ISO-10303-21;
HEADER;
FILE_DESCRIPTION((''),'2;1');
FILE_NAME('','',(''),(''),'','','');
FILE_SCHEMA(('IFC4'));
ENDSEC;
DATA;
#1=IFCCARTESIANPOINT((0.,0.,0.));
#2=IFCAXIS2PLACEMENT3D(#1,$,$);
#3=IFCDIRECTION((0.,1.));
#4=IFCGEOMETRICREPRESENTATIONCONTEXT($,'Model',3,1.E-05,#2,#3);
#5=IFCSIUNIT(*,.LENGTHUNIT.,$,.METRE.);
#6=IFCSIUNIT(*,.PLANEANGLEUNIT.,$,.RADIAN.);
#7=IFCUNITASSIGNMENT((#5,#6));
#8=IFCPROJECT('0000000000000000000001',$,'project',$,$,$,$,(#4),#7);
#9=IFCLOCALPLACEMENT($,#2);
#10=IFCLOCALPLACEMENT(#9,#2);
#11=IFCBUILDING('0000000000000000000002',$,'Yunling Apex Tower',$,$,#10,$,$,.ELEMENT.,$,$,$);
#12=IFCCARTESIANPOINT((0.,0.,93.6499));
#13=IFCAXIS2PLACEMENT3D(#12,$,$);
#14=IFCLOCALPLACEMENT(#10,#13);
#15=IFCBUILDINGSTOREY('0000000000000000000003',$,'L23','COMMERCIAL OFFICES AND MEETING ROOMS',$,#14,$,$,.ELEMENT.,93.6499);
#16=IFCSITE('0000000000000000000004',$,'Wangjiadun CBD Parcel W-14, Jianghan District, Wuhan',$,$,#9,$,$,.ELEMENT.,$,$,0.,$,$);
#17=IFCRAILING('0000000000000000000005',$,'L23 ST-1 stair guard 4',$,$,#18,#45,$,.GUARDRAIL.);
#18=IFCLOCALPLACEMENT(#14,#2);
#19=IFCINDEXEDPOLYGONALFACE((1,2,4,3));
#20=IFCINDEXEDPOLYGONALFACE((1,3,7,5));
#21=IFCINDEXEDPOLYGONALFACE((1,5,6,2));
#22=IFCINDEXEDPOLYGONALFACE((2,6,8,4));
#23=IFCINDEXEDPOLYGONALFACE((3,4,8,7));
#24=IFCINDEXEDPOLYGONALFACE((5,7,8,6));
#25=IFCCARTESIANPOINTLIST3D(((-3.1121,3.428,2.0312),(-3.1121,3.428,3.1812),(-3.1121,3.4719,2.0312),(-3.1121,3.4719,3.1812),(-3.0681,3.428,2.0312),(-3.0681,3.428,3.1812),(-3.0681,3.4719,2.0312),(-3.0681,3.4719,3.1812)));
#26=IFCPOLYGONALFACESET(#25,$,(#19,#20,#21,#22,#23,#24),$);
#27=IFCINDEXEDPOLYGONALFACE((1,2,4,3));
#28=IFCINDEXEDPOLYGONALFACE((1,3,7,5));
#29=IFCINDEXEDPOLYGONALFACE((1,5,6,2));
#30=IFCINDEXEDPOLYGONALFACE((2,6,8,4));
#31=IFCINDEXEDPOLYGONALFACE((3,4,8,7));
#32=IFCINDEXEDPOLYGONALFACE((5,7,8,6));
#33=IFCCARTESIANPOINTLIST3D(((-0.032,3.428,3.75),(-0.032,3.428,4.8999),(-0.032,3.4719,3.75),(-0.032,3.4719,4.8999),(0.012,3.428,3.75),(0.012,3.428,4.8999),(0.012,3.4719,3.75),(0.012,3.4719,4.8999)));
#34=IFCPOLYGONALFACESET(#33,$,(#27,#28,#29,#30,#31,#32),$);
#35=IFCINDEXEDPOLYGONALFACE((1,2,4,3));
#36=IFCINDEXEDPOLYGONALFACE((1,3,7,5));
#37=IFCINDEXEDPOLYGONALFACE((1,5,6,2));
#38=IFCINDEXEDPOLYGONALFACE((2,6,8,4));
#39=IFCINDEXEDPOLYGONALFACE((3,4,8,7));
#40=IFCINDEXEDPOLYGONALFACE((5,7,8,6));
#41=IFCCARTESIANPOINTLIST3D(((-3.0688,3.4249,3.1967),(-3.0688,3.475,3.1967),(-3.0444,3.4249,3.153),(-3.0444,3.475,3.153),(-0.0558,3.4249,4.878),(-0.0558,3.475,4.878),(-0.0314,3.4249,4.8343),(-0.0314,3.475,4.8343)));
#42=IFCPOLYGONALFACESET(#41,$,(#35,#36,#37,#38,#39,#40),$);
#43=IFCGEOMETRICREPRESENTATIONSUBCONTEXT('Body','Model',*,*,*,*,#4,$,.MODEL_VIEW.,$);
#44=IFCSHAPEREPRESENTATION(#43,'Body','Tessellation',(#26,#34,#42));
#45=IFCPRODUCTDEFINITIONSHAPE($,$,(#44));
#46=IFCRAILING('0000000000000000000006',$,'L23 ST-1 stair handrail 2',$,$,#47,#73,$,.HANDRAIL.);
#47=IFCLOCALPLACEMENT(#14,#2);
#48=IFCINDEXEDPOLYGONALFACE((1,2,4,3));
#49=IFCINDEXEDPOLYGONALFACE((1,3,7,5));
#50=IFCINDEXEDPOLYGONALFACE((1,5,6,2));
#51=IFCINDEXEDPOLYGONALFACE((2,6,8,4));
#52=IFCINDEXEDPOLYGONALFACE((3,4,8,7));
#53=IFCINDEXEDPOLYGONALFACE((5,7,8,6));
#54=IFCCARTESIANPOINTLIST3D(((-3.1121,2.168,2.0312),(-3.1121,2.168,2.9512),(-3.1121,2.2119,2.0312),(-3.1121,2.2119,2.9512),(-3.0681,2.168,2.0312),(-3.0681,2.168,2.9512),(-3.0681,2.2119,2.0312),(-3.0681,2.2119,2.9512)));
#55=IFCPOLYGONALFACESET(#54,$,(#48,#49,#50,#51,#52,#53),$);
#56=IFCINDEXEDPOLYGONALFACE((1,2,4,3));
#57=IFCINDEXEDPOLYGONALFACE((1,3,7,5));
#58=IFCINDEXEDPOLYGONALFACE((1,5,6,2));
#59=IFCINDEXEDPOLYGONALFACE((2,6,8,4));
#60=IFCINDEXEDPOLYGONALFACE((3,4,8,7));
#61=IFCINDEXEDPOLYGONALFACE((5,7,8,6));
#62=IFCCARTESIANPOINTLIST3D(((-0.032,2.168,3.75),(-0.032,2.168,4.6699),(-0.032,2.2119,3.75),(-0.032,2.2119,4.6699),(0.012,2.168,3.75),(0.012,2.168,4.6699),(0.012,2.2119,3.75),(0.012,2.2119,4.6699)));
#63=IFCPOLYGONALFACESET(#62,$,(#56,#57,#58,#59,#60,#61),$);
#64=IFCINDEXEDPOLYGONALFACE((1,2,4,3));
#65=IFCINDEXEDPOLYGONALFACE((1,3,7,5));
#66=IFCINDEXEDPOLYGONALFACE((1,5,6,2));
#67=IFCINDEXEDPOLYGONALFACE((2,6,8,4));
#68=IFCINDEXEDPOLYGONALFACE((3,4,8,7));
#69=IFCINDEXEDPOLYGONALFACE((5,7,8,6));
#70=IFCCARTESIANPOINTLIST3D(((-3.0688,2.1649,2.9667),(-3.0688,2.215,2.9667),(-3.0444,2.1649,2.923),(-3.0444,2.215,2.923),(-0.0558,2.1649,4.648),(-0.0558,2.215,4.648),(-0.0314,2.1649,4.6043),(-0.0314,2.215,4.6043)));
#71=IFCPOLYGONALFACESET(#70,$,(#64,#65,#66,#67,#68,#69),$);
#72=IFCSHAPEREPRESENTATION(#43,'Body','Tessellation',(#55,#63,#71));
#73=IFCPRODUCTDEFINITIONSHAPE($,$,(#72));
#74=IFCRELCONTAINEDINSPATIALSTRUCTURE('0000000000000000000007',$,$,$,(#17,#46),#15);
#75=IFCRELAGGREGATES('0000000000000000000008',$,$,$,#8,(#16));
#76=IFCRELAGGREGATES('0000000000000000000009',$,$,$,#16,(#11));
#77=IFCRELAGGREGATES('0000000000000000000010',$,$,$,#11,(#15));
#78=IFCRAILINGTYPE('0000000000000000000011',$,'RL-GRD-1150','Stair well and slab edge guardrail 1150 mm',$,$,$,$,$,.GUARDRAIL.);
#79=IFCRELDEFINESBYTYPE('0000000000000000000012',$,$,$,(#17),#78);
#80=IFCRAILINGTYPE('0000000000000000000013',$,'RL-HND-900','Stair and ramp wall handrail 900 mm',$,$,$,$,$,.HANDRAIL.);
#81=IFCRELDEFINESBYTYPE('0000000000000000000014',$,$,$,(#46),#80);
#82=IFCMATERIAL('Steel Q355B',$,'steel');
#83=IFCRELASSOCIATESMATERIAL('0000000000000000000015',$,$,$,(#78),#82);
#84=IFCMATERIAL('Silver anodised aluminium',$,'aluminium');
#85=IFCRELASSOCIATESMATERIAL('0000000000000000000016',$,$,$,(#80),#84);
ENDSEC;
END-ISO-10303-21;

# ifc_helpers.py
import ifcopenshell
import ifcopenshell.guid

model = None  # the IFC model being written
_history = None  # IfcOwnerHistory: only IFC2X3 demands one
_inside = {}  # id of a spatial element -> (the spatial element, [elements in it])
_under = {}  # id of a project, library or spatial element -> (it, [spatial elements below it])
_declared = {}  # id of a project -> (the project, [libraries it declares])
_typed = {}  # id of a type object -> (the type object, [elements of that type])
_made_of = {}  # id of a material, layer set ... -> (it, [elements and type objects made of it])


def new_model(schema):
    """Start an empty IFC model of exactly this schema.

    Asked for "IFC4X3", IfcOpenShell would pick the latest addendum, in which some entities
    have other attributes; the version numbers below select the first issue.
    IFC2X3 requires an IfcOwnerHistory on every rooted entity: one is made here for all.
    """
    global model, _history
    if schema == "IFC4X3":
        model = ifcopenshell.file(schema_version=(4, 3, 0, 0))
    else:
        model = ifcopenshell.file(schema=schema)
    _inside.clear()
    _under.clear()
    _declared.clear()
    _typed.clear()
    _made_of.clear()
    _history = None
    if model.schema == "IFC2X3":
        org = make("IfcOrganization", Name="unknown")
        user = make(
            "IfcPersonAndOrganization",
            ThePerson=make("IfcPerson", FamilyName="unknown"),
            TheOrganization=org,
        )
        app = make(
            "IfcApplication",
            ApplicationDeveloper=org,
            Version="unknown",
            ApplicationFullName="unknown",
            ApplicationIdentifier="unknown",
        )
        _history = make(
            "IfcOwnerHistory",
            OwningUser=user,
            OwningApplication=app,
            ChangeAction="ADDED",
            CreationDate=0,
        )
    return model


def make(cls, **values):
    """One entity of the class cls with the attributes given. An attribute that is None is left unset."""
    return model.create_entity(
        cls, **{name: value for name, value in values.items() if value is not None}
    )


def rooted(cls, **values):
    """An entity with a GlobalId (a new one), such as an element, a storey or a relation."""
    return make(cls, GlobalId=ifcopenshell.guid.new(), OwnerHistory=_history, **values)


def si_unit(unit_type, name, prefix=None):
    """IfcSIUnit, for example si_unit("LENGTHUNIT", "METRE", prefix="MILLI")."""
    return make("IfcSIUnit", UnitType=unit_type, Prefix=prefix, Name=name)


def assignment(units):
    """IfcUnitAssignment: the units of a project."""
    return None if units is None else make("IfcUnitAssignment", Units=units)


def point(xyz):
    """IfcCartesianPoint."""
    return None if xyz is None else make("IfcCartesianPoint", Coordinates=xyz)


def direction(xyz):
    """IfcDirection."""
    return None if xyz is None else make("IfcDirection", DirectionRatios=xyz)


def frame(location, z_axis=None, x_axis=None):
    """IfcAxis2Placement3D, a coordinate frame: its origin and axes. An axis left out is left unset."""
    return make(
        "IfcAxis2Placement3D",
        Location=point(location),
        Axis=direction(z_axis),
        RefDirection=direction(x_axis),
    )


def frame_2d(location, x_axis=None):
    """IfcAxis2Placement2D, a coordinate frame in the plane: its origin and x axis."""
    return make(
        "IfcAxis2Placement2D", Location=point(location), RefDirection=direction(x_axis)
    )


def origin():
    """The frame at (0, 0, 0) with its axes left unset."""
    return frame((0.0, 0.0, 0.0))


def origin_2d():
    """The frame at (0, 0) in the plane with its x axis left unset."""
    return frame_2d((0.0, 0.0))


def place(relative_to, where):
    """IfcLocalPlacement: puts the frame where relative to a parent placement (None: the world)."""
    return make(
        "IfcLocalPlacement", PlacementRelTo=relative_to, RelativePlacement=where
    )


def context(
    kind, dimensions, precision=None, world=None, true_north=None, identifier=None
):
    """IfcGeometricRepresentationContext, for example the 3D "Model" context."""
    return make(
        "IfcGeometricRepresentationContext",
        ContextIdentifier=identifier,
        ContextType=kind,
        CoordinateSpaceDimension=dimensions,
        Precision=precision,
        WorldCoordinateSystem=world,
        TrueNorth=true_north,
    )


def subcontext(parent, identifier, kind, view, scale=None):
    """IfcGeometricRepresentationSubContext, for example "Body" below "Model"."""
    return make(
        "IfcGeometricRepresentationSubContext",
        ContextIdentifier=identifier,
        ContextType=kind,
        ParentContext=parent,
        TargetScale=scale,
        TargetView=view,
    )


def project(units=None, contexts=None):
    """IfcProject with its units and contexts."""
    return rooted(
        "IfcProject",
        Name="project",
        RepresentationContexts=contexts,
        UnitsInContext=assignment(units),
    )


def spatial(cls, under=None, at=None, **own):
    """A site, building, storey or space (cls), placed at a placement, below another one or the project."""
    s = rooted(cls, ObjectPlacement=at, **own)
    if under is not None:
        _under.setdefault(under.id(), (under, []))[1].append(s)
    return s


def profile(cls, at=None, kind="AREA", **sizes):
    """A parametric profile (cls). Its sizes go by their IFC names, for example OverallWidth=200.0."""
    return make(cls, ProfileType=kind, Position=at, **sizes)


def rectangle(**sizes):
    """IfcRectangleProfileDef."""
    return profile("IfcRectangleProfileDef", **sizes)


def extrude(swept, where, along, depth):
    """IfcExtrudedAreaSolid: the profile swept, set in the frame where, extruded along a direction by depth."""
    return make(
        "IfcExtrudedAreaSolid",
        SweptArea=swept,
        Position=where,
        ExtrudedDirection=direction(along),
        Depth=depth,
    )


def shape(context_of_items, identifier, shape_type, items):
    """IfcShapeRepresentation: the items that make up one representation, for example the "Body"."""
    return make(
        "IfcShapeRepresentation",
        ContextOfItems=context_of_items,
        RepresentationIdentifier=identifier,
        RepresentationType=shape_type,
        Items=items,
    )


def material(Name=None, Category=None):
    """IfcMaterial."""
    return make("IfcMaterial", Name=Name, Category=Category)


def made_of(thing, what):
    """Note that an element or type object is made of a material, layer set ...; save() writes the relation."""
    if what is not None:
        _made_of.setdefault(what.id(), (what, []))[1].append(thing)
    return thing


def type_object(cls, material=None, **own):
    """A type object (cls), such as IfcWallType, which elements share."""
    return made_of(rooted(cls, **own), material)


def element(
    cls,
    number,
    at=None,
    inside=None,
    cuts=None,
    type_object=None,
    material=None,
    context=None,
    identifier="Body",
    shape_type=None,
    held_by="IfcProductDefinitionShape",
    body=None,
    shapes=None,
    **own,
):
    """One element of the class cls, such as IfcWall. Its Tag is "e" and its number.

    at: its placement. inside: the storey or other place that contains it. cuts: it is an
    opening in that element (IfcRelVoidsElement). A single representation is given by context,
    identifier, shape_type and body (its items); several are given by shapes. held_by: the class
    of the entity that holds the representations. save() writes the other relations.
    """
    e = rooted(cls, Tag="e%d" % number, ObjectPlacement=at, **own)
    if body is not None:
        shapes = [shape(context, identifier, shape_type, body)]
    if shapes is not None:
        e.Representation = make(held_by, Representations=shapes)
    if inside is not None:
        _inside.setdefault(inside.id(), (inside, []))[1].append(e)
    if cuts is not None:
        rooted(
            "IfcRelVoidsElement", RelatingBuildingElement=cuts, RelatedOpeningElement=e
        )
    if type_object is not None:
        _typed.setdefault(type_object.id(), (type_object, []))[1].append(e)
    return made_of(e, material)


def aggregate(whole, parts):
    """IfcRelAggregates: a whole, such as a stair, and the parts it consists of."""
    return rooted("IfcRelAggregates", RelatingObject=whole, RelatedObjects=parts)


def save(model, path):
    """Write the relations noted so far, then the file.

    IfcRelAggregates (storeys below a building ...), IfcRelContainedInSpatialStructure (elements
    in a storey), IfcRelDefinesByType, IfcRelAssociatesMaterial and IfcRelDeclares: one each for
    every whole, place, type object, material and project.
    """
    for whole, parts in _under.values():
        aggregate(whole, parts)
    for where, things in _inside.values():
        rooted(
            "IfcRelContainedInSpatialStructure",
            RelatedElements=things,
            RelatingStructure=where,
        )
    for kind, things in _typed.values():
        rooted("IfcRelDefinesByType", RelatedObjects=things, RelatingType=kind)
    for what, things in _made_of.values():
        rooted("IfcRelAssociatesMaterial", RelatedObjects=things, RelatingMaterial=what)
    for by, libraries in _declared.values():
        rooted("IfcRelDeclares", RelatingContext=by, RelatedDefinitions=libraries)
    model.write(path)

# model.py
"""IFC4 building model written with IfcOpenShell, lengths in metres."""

from ifc_helpers import new_model, si_unit, direction, frame, origin, origin_2d, place, context, subcontext, project, spatial, rectangle, extrude, material, type_object, element, save


model = new_model("IFC4")

# Units and contexts
model_context = context("Model", 3, precision=1e-05, world=origin(), true_north=direction((0.0, 1.0)))
body_context = subcontext(model_context, "Body", "Model", "MODEL_VIEW")
ifc_project = project(units=[si_unit("LENGTHUNIT", "METRE"), si_unit("PLANEANGLEUNIT", "RADIAN")], contexts=[model_context])

# Site, building, storey
site_placement = place(None, origin())
site = spatial("IfcSite", under=ifc_project, at=site_placement, Name="Wangjiadun CBD Parcel W-14, Jianghan District, Wuhan", CompositionType="ELEMENT", RefElevation=0.0)
building_placement = place(site_placement, origin())
building = spatial("IfcBuilding", under=site, at=building_placement, Name="Yunling Apex Tower", CompositionType="ELEMENT")
storey_placement = place(building_placement, frame((0.0, 0.0, 93.6499)))
storey = spatial("IfcBuildingStorey", under=building, at=storey_placement, Name="L23", Description="COMMERCIAL OFFICES AND MEETING ROOMS", CompositionType="ELEMENT", Elevation=93.6499)

# Shared definitions
ifc_material_1 = material(Name="Steel Q355B", Category="steel")

# Shared definitions
ifc_material_2 = material(Name="Silver anodised aluminium", Category="aluminium")

# Railings
railing_type_1 = type_object("IfcRailingType", Name="RL-GRD-1150", Description="Stair well and slab edge guardrail 1150 mm", PredefinedType="GUARDRAIL", material=ifc_material_1)
railing_1_placement = place(storey_placement, frame((-3.0901, 3.45, 2.0312)))
element("IfcRailing", 1, at=railing_1_placement, inside=storey, type_object=railing_type_1, Name="L23 ST-1 stair guard 4", PredefinedType="GUARDRAIL", context=body_context, shape_type="SweptSolid", body=[
    extrude(rectangle(XDim=0.0439, YDim=0.0439, at=origin_2d()), origin(), (0.0, 0.0, 1.0), 1.1499),
    extrude(rectangle(XDim=0.0439, YDim=0.0439, at=origin_2d()), frame((3.0801, 0.0, 1.7188)), (0.0, 0.0, 1.0), 1.1499),
    extrude(rectangle(XDim=0.05, YDim=0.05, at=origin_2d()), frame((0.0334, 0.0, 1.1436), z_axis=(0.873242, 0.0, 0.487288), x_axis=(0.0, 1.0, 0.0)), (0.0, 0.0, 1.0), 3.4504),
])
railing_type_2 = type_object("IfcRailingType", Name="RL-HND-900", Description="Stair and ramp wall handrail 900 mm", PredefinedType="HANDRAIL", material=ifc_material_2)
railing_2_placement = place(storey_placement, frame((-3.0901, 2.1899, 2.0312)))
element("IfcRailing", 2, at=railing_2_placement, inside=storey, type_object=railing_type_2, Name="L23 ST-1 stair handrail 2", PredefinedType="HANDRAIL", context=body_context, shape_type="SweptSolid", body=[
    extrude(rectangle(XDim=0.0439, YDim=0.0439, at=origin_2d()), origin(), (0.0, 0.0, 1.0), 0.9199),
    extrude(rectangle(XDim=0.0439, YDim=0.0439, at=origin_2d()), frame((3.0801, 0.0, 1.7188)), (0.0, 0.0, 1.0), 0.9199),
    extrude(rectangle(XDim=0.05, YDim=0.05, at=origin_2d()), frame((0.0334, 0.0, 0.9136), z_axis=(0.873242, 0.0, 0.487288), x_axis=(0.0, 1.0, 0.0)), (0.0, 0.0, 1.0), 3.4504),
])

save(model, "model.ifc")
